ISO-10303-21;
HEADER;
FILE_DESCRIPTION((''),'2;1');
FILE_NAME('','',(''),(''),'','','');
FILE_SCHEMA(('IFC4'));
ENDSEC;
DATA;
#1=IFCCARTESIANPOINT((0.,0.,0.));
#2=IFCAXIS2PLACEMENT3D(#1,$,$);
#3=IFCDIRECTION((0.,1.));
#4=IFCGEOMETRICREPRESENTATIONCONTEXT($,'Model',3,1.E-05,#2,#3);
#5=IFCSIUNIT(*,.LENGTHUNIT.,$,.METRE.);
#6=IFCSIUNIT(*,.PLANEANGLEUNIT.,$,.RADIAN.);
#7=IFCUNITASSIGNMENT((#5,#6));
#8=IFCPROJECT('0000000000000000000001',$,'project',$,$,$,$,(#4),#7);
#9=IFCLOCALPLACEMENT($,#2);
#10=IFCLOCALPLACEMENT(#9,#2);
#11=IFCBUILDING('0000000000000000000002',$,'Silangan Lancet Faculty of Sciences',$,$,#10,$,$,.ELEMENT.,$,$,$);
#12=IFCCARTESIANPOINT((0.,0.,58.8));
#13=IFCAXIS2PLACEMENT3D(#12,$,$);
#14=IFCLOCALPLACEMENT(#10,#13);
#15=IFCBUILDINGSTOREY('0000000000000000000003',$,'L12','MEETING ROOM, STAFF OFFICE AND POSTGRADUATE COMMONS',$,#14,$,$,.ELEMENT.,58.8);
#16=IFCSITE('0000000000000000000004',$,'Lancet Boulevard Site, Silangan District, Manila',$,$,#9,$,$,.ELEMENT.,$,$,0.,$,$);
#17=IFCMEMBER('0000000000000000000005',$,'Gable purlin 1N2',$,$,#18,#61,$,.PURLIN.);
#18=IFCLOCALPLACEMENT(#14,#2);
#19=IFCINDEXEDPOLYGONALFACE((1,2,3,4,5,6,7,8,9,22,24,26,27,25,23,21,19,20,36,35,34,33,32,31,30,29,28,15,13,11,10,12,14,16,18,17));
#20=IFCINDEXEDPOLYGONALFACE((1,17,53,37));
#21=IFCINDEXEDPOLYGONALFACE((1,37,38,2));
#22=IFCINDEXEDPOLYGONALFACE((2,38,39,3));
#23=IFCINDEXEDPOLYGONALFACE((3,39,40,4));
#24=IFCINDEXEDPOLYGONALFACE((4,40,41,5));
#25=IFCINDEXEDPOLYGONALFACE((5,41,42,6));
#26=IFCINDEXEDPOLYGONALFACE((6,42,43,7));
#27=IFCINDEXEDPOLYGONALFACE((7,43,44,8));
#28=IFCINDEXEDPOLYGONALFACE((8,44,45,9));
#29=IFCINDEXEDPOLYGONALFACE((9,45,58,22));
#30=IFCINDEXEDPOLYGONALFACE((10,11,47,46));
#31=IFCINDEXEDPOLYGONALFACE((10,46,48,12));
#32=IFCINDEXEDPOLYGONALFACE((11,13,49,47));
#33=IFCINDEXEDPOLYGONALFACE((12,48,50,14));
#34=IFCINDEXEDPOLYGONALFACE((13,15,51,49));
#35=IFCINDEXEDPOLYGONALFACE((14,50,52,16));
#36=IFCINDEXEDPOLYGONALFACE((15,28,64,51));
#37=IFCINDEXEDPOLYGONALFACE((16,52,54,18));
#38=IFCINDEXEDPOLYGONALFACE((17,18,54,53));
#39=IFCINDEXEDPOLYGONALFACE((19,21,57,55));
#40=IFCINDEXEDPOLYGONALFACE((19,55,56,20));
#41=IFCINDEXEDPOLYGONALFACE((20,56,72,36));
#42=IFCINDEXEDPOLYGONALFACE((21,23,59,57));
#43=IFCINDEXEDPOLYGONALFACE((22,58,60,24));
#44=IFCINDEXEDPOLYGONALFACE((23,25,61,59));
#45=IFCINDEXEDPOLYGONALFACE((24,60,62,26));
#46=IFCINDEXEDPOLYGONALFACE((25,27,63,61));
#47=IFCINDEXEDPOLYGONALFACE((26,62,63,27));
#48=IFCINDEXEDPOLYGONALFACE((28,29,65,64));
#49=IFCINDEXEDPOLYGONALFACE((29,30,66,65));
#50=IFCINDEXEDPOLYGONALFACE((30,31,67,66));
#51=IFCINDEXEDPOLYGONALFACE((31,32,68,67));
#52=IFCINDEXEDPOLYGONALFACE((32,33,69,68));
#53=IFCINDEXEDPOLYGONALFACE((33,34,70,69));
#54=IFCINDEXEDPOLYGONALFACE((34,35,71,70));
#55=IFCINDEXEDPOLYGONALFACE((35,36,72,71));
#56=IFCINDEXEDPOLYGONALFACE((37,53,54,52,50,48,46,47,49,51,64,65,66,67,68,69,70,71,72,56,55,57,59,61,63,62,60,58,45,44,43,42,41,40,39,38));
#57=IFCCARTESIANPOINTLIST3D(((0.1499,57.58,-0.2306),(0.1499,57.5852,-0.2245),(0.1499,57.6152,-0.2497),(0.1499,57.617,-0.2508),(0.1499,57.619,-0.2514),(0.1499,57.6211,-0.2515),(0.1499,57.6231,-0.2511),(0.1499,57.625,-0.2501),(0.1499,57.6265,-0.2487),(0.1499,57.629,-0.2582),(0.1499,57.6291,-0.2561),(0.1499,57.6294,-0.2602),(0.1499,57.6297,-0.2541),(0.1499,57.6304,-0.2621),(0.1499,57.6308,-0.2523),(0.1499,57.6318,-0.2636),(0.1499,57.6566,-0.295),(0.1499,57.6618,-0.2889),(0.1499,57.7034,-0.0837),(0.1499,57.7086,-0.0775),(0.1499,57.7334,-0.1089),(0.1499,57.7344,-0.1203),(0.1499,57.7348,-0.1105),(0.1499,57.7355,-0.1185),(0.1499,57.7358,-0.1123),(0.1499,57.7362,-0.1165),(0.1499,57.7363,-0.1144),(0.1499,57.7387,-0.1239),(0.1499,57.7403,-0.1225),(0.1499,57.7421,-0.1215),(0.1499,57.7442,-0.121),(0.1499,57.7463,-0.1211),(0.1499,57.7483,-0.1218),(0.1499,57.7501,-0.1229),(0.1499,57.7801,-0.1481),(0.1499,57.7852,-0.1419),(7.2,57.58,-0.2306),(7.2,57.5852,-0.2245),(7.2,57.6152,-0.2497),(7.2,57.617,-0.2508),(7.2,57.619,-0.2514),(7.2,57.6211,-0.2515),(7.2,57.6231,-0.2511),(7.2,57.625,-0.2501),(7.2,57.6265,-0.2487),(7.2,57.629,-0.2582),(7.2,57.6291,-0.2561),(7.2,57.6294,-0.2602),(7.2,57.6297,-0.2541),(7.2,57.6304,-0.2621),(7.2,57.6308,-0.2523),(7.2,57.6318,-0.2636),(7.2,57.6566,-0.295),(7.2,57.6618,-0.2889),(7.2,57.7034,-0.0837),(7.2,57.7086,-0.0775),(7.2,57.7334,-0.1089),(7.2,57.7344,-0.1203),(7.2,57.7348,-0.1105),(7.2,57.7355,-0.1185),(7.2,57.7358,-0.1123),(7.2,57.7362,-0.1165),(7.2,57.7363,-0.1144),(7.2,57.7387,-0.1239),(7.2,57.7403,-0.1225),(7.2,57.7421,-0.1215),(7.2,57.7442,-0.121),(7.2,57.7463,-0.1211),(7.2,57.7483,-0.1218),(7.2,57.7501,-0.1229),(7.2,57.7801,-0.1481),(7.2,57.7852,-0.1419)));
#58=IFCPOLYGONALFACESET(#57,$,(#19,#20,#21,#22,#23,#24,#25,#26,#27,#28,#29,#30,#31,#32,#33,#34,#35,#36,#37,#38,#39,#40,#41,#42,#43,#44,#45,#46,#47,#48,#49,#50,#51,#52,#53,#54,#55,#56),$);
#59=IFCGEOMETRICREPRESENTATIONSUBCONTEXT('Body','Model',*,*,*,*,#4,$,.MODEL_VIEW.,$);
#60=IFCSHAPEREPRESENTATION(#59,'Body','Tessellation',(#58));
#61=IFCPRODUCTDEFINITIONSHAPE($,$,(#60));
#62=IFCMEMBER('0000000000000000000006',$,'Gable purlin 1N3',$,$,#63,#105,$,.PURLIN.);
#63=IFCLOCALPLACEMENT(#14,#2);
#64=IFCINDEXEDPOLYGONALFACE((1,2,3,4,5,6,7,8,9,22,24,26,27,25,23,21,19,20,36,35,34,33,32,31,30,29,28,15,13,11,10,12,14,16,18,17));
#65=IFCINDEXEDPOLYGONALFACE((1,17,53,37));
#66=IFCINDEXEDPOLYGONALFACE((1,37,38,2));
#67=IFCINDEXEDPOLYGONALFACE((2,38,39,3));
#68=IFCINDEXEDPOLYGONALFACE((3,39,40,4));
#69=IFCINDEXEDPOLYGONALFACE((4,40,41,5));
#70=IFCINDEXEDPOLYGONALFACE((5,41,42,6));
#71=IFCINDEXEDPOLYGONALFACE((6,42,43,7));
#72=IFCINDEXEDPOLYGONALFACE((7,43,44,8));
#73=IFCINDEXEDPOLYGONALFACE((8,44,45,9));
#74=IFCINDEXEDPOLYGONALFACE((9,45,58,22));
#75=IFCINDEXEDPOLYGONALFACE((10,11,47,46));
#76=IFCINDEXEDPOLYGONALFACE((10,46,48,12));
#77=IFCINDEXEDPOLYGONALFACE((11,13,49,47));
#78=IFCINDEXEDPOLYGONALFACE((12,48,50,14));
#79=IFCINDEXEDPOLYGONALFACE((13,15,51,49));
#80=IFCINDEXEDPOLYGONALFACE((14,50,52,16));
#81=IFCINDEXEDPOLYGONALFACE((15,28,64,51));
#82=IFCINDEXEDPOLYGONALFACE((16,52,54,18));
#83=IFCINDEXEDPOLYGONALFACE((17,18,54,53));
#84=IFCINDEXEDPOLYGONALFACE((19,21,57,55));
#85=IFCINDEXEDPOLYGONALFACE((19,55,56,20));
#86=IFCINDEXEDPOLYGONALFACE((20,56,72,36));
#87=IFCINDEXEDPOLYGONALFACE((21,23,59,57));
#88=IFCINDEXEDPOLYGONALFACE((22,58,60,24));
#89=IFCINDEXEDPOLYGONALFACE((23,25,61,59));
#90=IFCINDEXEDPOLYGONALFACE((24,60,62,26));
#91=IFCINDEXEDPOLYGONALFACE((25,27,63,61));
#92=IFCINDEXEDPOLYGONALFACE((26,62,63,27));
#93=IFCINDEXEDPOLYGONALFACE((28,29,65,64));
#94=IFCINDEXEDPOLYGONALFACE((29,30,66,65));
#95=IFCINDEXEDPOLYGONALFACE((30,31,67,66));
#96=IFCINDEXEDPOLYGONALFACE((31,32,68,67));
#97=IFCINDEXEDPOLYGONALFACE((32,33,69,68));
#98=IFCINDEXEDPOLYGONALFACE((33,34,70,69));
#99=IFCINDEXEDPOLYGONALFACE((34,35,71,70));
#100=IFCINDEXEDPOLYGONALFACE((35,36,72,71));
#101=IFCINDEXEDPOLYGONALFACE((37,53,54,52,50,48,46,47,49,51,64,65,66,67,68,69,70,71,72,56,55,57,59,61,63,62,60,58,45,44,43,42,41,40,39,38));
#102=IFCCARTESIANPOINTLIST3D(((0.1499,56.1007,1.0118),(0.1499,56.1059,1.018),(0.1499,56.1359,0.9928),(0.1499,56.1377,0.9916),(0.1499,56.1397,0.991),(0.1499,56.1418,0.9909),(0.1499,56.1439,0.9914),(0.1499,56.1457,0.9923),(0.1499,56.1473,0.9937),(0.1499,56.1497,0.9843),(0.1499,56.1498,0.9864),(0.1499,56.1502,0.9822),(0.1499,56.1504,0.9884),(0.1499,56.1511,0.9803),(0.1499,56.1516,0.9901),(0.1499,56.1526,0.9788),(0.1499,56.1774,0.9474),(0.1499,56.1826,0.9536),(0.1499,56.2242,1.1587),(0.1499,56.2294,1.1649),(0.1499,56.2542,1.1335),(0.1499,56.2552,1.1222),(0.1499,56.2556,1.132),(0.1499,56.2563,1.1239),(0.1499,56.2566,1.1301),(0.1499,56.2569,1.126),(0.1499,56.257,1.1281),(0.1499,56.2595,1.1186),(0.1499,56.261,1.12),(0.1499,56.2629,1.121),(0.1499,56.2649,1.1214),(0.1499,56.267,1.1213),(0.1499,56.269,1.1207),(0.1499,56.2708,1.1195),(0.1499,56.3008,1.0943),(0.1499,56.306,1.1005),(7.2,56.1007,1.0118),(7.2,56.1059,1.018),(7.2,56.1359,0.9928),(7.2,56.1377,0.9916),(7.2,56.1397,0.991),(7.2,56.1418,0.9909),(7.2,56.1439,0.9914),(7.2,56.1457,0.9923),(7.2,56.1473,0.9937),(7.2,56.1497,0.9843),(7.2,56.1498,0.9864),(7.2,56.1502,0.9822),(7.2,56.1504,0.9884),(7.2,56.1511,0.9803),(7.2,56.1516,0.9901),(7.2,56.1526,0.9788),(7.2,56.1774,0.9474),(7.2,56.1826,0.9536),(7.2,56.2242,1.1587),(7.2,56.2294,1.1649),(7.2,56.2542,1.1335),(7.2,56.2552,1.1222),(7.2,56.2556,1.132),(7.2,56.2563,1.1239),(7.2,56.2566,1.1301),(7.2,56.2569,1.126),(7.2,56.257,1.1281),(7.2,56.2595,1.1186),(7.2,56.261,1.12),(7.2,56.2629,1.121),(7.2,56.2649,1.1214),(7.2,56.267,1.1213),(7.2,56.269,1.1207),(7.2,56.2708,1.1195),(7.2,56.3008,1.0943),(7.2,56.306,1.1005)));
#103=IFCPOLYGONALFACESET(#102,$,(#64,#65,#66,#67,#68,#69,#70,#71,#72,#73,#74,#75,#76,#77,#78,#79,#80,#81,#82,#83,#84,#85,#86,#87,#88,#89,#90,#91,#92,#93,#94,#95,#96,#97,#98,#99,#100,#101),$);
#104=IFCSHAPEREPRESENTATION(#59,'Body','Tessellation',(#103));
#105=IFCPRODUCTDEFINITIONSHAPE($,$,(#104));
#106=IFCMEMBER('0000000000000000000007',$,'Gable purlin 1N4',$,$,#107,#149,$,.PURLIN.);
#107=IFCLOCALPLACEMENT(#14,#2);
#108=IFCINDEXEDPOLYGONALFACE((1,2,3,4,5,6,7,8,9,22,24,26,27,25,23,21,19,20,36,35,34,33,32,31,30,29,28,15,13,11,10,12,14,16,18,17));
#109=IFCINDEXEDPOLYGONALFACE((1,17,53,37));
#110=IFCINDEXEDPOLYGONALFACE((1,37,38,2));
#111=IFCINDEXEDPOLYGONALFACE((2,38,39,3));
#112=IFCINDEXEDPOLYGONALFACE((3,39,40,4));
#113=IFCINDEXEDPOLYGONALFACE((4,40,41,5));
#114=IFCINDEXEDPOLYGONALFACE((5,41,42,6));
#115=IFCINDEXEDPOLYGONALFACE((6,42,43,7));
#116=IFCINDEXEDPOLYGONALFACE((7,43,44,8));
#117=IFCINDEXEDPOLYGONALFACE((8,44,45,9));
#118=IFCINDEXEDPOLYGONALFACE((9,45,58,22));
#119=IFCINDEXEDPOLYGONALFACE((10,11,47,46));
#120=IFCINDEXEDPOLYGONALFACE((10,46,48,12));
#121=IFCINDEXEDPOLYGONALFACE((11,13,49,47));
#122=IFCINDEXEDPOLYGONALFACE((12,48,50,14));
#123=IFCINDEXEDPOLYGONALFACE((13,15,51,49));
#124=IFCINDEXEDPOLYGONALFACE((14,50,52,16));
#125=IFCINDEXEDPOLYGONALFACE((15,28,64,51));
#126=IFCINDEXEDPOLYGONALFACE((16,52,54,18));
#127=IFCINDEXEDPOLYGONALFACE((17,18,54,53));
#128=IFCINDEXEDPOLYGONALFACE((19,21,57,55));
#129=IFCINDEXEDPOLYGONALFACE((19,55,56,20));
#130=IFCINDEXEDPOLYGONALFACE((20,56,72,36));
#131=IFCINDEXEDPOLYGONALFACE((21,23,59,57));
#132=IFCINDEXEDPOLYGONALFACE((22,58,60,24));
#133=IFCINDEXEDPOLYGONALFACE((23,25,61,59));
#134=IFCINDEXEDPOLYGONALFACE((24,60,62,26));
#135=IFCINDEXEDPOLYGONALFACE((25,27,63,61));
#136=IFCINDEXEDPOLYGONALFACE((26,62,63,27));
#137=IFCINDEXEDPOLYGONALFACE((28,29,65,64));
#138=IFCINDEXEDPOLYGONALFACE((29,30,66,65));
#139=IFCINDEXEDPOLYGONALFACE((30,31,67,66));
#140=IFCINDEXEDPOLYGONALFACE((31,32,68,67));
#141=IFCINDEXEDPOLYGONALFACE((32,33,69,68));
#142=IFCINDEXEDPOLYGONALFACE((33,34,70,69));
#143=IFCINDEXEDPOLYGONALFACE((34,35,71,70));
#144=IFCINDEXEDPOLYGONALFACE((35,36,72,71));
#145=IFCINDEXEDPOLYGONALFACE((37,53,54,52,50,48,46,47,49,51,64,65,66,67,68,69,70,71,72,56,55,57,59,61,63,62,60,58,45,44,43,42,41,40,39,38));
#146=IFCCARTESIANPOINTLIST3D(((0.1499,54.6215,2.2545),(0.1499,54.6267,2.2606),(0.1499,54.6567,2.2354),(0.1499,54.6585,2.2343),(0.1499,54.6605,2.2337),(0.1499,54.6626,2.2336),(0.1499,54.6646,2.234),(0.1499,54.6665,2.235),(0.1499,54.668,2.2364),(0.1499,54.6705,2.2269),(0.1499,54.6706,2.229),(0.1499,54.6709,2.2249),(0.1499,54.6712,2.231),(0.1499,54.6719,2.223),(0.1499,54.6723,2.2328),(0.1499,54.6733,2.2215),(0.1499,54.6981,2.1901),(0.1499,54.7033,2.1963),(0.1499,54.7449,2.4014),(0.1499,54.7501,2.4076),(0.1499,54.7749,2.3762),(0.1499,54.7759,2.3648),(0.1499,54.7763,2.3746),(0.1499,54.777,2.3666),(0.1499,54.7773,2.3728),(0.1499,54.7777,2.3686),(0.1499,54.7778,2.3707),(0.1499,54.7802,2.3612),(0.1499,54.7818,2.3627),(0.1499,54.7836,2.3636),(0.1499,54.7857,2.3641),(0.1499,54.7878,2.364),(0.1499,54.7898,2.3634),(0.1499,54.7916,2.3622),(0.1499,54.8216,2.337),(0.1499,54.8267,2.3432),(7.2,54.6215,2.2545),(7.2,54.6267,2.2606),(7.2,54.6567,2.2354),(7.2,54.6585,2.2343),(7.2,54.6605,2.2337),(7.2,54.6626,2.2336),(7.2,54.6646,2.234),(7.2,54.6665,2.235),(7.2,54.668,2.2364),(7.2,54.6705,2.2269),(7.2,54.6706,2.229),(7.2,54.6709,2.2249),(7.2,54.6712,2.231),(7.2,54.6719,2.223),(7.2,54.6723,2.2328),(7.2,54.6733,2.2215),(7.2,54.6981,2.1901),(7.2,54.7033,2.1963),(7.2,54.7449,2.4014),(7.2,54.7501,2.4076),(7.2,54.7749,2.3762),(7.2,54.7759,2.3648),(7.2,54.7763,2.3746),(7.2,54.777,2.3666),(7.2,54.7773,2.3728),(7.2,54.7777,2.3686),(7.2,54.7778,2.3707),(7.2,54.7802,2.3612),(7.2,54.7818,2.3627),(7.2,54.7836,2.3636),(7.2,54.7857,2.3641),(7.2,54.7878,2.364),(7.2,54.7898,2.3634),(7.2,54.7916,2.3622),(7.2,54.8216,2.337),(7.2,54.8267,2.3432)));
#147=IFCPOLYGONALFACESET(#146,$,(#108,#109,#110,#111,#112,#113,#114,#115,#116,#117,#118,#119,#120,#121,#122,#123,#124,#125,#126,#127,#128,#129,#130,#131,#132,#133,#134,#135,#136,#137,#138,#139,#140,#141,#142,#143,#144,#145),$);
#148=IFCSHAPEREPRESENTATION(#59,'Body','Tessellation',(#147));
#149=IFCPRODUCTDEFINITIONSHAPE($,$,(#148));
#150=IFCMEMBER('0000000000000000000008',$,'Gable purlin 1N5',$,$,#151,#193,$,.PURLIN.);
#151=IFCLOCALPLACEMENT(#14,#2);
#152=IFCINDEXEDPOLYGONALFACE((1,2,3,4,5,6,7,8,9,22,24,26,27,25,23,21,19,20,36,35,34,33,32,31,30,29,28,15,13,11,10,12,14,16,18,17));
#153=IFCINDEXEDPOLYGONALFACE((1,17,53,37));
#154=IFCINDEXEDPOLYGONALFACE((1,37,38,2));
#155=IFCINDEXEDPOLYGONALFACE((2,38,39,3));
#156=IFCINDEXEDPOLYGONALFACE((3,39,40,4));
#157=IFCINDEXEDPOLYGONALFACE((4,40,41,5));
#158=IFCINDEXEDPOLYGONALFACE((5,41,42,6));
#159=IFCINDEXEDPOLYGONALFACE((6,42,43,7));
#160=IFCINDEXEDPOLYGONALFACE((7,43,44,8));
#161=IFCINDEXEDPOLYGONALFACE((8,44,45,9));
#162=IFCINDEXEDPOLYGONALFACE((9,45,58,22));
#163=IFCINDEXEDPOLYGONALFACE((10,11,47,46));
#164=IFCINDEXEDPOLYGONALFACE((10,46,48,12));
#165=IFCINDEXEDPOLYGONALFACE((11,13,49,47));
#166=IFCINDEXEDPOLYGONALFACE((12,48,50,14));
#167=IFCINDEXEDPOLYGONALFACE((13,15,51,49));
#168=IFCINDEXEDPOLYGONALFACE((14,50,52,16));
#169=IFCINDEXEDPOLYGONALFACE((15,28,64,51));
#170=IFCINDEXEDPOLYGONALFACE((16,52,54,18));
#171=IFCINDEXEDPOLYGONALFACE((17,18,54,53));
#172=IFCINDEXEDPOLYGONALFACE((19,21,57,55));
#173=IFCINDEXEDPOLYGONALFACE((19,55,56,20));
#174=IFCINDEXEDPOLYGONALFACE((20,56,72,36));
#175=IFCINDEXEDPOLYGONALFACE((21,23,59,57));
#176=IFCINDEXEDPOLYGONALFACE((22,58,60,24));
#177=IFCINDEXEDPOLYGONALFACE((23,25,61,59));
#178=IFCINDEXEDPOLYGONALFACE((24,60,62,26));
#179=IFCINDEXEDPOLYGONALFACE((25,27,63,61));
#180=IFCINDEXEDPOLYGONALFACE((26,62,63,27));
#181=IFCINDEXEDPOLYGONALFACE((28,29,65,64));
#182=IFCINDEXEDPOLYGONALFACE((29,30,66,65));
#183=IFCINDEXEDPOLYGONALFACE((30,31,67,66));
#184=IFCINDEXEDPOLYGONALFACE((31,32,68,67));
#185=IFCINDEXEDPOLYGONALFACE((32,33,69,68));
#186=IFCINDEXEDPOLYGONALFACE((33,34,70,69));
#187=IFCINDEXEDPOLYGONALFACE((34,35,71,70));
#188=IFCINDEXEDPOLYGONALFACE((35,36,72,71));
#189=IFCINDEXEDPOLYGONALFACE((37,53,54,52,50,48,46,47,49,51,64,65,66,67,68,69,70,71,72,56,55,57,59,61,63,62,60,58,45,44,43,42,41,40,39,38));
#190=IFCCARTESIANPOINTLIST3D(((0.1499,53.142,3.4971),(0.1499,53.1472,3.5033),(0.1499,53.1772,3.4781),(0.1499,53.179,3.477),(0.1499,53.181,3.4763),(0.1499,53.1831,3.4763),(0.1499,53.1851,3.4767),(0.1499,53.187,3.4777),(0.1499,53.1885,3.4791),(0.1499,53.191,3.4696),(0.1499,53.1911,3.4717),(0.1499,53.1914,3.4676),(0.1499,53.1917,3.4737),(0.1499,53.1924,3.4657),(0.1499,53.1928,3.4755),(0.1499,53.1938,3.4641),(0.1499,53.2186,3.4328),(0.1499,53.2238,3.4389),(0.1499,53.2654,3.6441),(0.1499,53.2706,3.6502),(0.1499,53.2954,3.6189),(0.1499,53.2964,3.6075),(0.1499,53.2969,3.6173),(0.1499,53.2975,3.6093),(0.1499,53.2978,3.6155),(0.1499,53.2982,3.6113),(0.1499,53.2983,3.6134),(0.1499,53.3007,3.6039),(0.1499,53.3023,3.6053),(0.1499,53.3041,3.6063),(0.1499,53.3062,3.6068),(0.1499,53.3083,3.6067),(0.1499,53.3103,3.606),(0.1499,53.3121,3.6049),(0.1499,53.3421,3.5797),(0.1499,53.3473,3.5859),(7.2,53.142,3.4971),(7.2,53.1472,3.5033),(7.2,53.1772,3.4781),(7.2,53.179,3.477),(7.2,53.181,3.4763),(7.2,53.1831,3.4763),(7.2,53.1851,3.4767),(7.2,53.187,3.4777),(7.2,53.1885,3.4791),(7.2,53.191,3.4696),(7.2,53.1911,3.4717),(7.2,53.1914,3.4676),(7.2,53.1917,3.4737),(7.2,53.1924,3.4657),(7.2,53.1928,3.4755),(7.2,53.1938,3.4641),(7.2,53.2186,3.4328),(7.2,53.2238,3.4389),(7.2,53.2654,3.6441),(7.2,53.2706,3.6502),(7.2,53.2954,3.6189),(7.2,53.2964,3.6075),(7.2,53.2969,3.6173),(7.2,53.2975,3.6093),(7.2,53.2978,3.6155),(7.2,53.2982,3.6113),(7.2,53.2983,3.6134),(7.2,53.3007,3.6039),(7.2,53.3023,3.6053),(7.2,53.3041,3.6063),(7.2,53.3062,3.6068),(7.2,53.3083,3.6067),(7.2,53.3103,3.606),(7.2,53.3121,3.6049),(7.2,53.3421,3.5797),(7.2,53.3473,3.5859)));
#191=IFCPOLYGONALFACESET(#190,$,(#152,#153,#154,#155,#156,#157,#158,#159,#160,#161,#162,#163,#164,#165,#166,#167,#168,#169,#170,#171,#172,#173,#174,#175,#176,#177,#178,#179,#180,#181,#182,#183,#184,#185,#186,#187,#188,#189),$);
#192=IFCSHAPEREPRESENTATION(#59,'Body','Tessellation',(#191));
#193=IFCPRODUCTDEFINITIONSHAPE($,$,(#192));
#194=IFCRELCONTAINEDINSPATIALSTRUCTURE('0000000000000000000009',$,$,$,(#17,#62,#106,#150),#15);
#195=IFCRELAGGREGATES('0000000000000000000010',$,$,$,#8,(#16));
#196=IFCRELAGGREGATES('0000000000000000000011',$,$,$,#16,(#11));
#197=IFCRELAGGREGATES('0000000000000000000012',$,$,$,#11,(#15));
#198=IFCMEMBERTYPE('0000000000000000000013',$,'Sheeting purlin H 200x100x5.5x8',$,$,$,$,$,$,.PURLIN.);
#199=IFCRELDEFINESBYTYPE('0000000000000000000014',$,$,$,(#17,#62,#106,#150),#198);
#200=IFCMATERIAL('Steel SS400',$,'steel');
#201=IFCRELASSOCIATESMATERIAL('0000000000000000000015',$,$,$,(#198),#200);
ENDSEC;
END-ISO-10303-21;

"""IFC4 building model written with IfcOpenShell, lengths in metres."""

from ifc_helpers import new_model, si_unit, direction, frame, origin, origin_2d, place, context, subcontext, project, spatial, i_section, extrude, material, material_profile, profile_set, type_object, element, save


model = new_model("IFC4")

# Units and contexts
model_context = context("Model", 3, precision=1e-05, world=origin(), true_north=direction((0.0, 1.0)))
body_context = subcontext(model_context, "Body", "Model", "MODEL_VIEW")
ifc_project = project(units=[si_unit("LENGTHUNIT", "METRE"), si_unit("PLANEANGLEUNIT", "RADIAN")], contexts=[model_context])

# Site, building, storey
site_placement = place(None, origin())
site = spatial("IfcSite", under=ifc_project, at=site_placement, Name="Lancet Boulevard Site, Silangan District, Manila", CompositionType="ELEMENT", RefElevation=0.0)
building_placement = place(site_placement, origin())
building = spatial("IfcBuilding", under=site, at=building_placement, Name="Silangan Lancet Faculty of Sciences", CompositionType="ELEMENT")
storey_placement = place(building_placement, frame((0.0, 0.0, 58.8)))
storey = spatial("IfcBuildingStorey", under=building, at=storey_placement, Name="L12", Description="MEETING ROOM, STAFF OFFICE AND POSTGRADUATE COMMONS", CompositionType="ELEMENT", Elevation=58.8)

# Members
ifc_material_1 = material(Name="Steel SS400", Category="steel")
ifc_material_profile_1 = material_profile(ifc_material_1, i_section(OverallWidth=0.1001, OverallDepth=0.2, WebThickness=0.0056, FlangeThickness=0.0081, FilletRadius=0.0081, at=origin_2d()), Name="H 200x100x5.5x8")
ifc_profile_set_1 = profile_set([ifc_material_profile_1], Name="Steel SS400")
member_type_1 = type_object("IfcMemberType", Name="Sheeting purlin H 200x100x5.5x8", PredefinedType="PURLIN", material=ifc_profile_set_1)
for number, where, z_axis, x_axis, name in (
    (1, (0.1499, 57.6826, -0.1863), (1.0, 0.0, 0.0), (0.0, 0.765705, -0.643192), "Gable purlin 1N2"),
    (2, (0.1499, 56.2034, 1.0562), (1.0, 0.0, 0.0), (0.0, 0.765705, -0.643192), "Gable purlin 1N3"),
    (3, (0.1499, 54.7241, 2.2988), (1.0, 0.0, 0.0), (0.0, 0.765705, -0.643192), "Gable purlin 1N4"),
    (4, (0.1499, 53.2446, 3.5415), (1.0, 0.0, 0.0), (0.0, 0.765705, -0.643192), "Gable purlin 1N5"),
):
    element("IfcMember", number, at=place(storey_placement, frame(where, z_axis=z_axis, x_axis=x_axis)), inside=storey, type_object=member_type_1, Name=name, PredefinedType="PURLIN", context=body_context, shape_type="SweptSolid", body=[
        extrude(i_section(OverallWidth=0.1001, OverallDepth=0.2, WebThickness=0.0056, FlangeThickness=0.0081, FilletRadius=0.0081, at=origin_2d()), origin(), (0.0, 0.0, 1.0), 7.05),
    ])

save(model, "model.ifc")
